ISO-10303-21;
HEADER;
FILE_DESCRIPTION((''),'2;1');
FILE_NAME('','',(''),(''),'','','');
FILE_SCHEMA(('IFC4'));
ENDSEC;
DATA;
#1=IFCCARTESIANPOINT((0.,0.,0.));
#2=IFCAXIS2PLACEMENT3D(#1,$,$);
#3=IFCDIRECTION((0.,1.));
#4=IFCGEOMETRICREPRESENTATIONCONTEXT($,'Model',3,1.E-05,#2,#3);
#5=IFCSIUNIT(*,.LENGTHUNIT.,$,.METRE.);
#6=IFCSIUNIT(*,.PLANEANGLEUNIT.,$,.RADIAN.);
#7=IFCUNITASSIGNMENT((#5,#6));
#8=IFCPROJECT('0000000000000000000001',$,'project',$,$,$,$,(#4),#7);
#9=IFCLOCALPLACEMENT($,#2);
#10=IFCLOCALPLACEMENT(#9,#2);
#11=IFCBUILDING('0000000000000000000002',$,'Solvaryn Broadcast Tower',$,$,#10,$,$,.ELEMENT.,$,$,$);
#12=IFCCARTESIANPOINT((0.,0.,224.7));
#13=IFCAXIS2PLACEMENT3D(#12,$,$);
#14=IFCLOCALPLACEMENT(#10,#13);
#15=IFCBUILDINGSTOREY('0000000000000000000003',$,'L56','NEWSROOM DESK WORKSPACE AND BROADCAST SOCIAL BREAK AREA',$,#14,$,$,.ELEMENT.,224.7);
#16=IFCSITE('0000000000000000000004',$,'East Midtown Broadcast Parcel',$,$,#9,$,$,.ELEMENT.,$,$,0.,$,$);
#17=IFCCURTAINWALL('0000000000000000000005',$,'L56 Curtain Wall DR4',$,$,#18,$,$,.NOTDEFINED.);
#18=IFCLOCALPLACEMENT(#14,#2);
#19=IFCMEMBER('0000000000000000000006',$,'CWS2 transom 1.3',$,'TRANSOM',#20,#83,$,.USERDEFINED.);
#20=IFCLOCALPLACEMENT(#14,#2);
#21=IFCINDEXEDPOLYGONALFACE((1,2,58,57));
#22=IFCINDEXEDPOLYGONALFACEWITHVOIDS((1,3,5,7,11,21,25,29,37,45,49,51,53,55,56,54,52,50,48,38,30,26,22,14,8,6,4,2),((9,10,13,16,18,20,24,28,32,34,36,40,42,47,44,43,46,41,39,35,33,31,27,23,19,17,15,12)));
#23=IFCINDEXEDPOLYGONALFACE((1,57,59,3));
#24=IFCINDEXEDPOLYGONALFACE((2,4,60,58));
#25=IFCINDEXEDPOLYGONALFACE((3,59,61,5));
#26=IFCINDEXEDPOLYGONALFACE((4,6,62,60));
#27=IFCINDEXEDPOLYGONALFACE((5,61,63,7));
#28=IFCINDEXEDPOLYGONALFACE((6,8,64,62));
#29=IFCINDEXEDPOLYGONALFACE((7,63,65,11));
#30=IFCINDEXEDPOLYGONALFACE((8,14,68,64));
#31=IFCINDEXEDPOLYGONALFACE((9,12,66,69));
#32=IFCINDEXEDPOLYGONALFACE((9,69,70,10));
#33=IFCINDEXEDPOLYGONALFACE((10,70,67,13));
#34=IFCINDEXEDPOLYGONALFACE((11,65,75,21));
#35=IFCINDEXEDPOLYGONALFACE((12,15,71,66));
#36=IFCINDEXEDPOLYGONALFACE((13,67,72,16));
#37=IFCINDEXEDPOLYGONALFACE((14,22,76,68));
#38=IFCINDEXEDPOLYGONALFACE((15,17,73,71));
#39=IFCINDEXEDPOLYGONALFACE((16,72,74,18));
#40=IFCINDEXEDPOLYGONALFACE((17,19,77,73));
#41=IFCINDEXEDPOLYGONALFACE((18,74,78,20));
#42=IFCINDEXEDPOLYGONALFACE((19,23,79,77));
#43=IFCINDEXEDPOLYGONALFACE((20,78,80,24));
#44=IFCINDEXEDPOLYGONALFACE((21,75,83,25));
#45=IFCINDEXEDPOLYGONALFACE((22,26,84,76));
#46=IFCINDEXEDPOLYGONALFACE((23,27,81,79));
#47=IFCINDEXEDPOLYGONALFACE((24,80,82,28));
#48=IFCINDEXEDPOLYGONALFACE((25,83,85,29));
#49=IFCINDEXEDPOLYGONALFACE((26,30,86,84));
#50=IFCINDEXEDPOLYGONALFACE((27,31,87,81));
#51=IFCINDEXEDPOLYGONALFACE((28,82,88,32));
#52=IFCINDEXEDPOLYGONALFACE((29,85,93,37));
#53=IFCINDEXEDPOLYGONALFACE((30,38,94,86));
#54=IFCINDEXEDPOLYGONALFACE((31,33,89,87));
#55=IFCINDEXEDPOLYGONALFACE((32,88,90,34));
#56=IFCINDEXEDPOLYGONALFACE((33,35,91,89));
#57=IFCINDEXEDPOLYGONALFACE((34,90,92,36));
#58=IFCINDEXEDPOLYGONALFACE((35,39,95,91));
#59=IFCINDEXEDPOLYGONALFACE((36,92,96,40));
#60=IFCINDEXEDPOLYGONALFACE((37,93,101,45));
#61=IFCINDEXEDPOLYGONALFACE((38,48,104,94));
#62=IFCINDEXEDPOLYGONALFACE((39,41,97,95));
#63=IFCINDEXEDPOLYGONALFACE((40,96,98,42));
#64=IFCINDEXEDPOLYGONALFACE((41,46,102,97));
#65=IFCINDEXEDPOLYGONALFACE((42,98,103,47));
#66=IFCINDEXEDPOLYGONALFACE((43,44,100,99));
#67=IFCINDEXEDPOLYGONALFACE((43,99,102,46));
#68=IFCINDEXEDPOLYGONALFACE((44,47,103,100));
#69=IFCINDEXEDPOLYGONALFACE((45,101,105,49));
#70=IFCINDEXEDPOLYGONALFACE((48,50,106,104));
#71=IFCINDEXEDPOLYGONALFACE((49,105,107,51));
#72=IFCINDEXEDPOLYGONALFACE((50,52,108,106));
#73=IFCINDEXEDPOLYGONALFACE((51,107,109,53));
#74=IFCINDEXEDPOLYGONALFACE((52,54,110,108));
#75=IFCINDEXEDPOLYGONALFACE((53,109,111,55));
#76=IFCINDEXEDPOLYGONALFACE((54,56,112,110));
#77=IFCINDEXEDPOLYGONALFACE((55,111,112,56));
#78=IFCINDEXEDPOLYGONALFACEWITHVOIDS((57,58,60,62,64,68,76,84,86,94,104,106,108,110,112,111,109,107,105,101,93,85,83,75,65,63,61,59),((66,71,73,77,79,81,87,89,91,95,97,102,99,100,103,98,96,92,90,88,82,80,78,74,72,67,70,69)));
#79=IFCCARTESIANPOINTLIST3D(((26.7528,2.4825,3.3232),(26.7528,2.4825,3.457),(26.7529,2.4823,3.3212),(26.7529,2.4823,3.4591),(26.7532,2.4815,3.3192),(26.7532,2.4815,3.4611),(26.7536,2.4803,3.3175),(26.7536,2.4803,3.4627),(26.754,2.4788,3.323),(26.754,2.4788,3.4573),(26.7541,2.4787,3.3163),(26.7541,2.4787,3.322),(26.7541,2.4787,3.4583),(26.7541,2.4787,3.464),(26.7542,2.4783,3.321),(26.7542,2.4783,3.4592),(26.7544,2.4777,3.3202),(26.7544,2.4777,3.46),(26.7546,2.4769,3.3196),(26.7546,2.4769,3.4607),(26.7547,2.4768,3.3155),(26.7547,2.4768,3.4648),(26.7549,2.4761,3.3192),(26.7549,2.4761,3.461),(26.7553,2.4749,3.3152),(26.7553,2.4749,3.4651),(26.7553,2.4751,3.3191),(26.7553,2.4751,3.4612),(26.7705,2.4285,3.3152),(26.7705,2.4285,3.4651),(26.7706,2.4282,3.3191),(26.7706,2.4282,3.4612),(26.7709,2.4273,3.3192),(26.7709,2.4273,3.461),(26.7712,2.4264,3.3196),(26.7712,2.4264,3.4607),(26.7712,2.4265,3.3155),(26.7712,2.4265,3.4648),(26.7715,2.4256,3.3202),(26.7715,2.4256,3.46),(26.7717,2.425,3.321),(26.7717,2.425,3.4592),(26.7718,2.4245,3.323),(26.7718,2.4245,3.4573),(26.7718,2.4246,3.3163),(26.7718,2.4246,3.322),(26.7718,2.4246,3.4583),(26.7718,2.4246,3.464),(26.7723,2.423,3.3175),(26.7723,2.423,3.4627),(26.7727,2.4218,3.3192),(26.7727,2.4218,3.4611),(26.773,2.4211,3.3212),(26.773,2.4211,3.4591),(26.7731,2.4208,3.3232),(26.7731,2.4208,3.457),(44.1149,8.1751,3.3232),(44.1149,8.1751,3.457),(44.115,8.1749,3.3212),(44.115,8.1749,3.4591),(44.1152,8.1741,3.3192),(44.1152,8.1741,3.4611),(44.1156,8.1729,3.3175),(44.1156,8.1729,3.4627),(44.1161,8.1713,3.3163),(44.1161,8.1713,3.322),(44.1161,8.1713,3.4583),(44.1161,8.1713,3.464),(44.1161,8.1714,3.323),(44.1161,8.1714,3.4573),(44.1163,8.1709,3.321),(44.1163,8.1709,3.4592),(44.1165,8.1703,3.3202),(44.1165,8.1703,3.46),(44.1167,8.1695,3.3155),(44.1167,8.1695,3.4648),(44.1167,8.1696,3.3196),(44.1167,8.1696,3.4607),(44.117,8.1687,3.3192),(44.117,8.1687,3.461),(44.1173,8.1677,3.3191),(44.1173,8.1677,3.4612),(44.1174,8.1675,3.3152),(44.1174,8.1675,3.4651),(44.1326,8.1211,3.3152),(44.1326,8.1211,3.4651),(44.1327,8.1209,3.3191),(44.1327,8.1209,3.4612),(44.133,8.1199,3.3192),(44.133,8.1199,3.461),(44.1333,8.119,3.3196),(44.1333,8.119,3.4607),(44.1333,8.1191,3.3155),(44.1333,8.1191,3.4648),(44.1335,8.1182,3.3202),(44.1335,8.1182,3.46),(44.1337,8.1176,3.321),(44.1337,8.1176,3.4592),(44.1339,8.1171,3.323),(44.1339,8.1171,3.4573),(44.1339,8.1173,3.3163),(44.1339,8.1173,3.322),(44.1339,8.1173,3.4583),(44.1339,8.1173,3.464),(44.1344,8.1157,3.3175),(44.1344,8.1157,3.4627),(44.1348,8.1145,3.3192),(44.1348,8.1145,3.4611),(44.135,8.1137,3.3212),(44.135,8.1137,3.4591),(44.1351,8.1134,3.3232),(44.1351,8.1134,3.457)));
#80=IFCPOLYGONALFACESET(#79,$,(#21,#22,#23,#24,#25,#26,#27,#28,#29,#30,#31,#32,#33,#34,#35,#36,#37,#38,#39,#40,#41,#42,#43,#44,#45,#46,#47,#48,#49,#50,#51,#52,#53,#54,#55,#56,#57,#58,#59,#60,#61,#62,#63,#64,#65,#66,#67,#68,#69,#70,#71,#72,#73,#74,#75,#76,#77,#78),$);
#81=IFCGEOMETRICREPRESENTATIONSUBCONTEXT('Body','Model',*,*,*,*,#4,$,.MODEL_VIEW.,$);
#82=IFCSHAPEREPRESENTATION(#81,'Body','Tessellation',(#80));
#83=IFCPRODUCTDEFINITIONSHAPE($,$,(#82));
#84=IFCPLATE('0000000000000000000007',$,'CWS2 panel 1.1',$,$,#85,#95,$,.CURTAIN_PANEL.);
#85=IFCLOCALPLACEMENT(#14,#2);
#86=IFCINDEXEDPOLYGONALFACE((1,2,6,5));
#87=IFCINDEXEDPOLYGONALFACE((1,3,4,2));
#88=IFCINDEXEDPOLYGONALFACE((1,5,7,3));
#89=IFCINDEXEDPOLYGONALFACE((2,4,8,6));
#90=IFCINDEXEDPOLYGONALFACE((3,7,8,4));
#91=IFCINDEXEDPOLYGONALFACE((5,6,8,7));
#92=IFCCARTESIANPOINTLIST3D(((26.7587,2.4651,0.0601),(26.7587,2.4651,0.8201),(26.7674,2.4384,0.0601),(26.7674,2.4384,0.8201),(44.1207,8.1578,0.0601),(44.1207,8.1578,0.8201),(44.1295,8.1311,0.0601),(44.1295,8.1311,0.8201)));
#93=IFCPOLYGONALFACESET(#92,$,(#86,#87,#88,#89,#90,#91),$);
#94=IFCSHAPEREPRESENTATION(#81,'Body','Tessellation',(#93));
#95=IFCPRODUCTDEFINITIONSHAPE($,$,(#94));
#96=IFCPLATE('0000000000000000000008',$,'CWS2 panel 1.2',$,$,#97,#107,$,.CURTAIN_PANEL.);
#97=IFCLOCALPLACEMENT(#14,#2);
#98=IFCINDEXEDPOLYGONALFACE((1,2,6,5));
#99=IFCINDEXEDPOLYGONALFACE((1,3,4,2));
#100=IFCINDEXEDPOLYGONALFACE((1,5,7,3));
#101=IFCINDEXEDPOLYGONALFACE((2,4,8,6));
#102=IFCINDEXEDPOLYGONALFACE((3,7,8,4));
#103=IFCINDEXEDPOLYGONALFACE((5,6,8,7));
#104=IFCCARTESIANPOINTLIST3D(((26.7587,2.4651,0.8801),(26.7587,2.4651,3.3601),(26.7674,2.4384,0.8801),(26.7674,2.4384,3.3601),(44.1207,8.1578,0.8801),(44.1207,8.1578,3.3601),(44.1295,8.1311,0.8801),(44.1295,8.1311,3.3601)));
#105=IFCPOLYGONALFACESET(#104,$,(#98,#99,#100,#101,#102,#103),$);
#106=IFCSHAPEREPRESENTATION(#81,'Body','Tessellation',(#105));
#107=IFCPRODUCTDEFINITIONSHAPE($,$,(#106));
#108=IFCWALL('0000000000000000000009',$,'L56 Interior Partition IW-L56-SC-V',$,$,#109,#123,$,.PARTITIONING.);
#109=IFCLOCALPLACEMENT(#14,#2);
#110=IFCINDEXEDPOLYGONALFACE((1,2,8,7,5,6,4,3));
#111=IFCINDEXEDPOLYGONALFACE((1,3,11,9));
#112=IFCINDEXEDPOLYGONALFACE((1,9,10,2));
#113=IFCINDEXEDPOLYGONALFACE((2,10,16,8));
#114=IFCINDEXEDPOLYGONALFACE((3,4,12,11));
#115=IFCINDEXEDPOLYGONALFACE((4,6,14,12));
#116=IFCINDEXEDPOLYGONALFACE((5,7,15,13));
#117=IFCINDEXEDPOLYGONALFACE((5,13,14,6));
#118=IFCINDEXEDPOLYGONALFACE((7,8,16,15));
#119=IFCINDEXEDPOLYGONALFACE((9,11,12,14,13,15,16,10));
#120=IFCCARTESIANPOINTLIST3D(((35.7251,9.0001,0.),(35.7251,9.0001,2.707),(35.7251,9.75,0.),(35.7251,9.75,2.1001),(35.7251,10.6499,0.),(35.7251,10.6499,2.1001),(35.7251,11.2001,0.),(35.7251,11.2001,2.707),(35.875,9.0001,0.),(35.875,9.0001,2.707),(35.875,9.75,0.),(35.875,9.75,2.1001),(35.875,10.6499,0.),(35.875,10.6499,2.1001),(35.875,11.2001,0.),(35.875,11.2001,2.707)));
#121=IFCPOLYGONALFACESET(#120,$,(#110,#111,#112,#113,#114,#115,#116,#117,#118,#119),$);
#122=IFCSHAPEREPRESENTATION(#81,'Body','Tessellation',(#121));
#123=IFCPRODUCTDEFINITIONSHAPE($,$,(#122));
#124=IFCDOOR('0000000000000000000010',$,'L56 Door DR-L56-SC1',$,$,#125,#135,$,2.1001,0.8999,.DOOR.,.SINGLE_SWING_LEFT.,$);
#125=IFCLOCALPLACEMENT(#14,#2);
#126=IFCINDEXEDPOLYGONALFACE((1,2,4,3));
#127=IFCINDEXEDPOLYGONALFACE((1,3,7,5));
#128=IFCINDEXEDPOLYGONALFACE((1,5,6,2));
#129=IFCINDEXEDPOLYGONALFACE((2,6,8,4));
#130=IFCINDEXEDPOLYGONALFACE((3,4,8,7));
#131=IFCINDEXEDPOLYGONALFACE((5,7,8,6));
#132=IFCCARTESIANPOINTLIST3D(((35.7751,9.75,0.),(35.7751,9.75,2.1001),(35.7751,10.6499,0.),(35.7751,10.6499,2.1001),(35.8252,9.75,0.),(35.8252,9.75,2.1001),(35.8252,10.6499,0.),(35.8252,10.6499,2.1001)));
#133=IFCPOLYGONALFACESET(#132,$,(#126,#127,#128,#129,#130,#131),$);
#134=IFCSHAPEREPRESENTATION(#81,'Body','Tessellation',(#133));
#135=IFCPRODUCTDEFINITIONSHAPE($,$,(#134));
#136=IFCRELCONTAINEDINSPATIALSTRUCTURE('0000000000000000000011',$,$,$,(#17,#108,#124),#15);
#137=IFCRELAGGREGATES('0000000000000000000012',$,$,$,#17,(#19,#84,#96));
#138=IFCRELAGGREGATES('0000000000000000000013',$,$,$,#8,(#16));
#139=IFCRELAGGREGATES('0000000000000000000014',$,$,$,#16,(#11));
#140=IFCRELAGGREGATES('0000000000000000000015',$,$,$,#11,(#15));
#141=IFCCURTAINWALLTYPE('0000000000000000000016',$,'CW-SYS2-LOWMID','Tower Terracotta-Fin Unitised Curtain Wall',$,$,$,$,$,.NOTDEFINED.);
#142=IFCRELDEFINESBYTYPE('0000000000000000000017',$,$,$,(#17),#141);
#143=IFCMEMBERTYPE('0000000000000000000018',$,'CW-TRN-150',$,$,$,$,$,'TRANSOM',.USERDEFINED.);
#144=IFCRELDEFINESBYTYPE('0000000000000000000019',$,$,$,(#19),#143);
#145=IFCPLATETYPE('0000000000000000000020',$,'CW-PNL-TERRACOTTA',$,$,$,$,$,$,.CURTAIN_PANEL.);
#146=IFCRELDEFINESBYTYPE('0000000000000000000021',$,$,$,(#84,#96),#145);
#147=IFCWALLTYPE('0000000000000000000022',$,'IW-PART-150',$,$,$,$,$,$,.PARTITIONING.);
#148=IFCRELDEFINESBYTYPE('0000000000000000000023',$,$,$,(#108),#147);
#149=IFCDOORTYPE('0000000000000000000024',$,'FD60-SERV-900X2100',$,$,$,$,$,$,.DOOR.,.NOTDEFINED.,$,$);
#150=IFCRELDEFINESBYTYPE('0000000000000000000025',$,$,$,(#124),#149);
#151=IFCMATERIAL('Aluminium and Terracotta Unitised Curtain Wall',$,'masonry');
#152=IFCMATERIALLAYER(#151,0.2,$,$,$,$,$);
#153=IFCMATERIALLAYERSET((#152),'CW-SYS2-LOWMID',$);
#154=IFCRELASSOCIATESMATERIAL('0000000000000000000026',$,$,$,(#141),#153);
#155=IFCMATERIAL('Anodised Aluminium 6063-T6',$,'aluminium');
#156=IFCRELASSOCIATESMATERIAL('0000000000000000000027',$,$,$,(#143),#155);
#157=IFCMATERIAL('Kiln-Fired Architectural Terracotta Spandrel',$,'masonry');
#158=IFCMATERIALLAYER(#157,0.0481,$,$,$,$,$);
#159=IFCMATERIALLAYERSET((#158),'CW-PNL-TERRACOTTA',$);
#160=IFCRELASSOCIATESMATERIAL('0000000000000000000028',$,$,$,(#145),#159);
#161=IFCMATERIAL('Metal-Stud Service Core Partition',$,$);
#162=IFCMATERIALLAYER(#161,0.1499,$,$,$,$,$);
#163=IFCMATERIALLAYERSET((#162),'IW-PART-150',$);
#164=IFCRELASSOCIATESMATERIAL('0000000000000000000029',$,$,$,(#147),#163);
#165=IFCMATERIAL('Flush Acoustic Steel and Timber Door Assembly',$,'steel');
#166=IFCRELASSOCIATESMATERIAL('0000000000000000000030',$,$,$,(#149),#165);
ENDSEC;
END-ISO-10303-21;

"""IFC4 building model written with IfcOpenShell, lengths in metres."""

from ifc_helpers import new_model, si_unit, direction, frame, frame_2d, origin, origin_2d, place, context, subcontext, project, spatial, rectangle, hollow_rectangle, extrude, material, layer, layer_set, material_profile, profile_set, type_object, element, fill, aggregate, save


model = new_model("IFC4")

# Units and contexts
model_context = context("Model", 3, precision=1e-05, world=origin(), true_north=direction((0.0, 1.0)))
body_context = subcontext(model_context, "Body", "Model", "MODEL_VIEW")
ifc_project = project(units=[si_unit("LENGTHUNIT", "METRE"), si_unit("PLANEANGLEUNIT", "RADIAN")], contexts=[model_context])

# Site, building, storey
site_placement = place(None, origin())
site = spatial("IfcSite", under=ifc_project, at=site_placement, Name="East Midtown Broadcast Parcel", CompositionType="ELEMENT", RefElevation=0.0)
building_placement = place(site_placement, origin())
building = spatial("IfcBuilding", under=site, at=building_placement, Name="Solvaryn Broadcast Tower", CompositionType="ELEMENT")
storey_placement = place(building_placement, frame((0.0, 0.0, 224.7)))
storey = spatial("IfcBuildingStorey", under=building, at=storey_placement, Name="L56", Description="NEWSROOM DESK WORKSPACE AND BROADCAST SOCIAL BREAK AREA", CompositionType="ELEMENT", Elevation=224.7)

# Shared definitions
ifc_material_1 = material(Name="Aluminium and Terracotta Unitised Curtain Wall", Category="masonry")
ifc_layer_1 = layer(ifc_material_1, 0.2)
ifc_layer_set_1 = layer_set([ifc_layer_1], Name="CW-SYS2-LOWMID")
curtain_wall_type = type_object("IfcCurtainWallType", Name="CW-SYS2-LOWMID", Description="Tower Terracotta-Fin Unitised Curtain Wall", PredefinedType="NOTDEFINED", material=ifc_layer_set_1)

# Curtain wall, member, plates
curtain_wall_1_placement = place(storey_placement, origin())
curtain_wall_1 = element("IfcCurtainWall", 1, at=curtain_wall_1_placement, inside=storey, type_object=curtain_wall_type, Name="L56 Curtain Wall DR4", PredefinedType="NOTDEFINED")
ifc_material_2 = material(Name="Anodised Aluminium 6063-T6", Category="aluminium")
ifc_material_profile_1 = material_profile(ifc_material_2, hollow_rectangle(XDim=0.0649, YDim=0.1499, WallThickness=0.0039, InnerFilletRadius=0.0039, OuterFilletRadius=0.0081, at=origin_2d()))
ifc_profile_set_1 = profile_set([ifc_material_profile_1], Name="Anodised Aluminium 6063-T6")
member_type_1 = type_object("IfcMemberType", Name="CW-TRN-150", ElementType="TRANSOM", PredefinedType="USERDEFINED", material=ifc_profile_set_1)
member_1_placement = place(storey_placement, frame((26.7629, 2.4517, 3.3901), z_axis=(0.950227, 0.311558, 0.0), x_axis=(-0.311558, 0.950227, 0.0)))
member_1 = element("IfcMember", 2, at=member_1_placement, type_object=member_type_1, Name="CWS2 transom 1.3", ObjectType="TRANSOM", PredefinedType="USERDEFINED", context=body_context, shape_type="SweptSolid", body=[
    extrude(hollow_rectangle(XDim=0.0649, YDim=0.1499, WallThickness=0.0039, InnerFilletRadius=0.0039, OuterFilletRadius=0.0081, at=origin_2d()), origin(), (0.0, 0.0, 1.0), 18.2715),
])
ifc_material_3 = material(Name="Kiln-Fired Architectural Terracotta Spandrel", Category="masonry")
ifc_layer_2 = layer(ifc_material_3, 0.0481)
ifc_layer_set_2 = layer_set([ifc_layer_2], Name="CW-PNL-TERRACOTTA")
plate_type = type_object("IfcPlateType", Name="CW-PNL-TERRACOTTA", PredefinedType="CURTAIN_PANEL", material=ifc_layer_set_2)
plate_1_placement = place(storey_placement, frame((35.4441, 5.2981, 0.0601), z_axis=(0.0, 0.0, 1.0), x_axis=(0.950227, 0.311559, 0.0)))
plate_1 = element("IfcPlate", 3, at=plate_1_placement, type_object=plate_type, Name="CWS2 panel 1.1", PredefinedType="CURTAIN_PANEL", context=body_context, shape_type="SweptSolid", body=[
    extrude(rectangle(XDim=18.2715, YDim=0.0281, at=origin_2d()), origin(), (0.0, 0.0, 1.0), 0.76),
])
plate_2_placement = place(storey_placement, frame((35.4441, 5.2981, 0.8801), z_axis=(0.0, 0.0, 1.0), x_axis=(0.950227, 0.311559, 0.0)))
plate_2 = element("IfcPlate", 4, at=plate_2_placement, type_object=plate_type, Name="CWS2 panel 1.2", PredefinedType="CURTAIN_PANEL", context=body_context, shape_type="SweptSolid", body=[
    extrude(rectangle(XDim=18.2715, YDim=0.0281, at=origin_2d()), origin(), (0.0, 0.0, 1.0), 2.48),
])
aggregate(curtain_wall_1, [member_1, plate_1, plate_2])

# Wall, opening, door
ifc_material_4 = material(Name="Metal-Stud Service Core Partition")
ifc_layer_3 = layer(ifc_material_4, 0.1499)
ifc_layer_set_3 = layer_set([ifc_layer_3], Name="IW-PART-150")
wall_type_1 = type_object("IfcWallType", Name="IW-PART-150", PredefinedType="PARTITIONING", material=ifc_layer_set_3)
wall_1_placement = place(storey_placement, frame((35.8, 9.0, 0.0), z_axis=(0.0, 0.0, 1.0), x_axis=(0.0, 1.0, 0.0)))
wall_1 = element("IfcWall", 5, at=wall_1_placement, inside=storey, type_object=wall_type_1, Name="L56 Interior Partition IW-L56-SC-V", PredefinedType="PARTITIONING", context=body_context, shape_type="SweptSolid", body=[
    extrude(rectangle(XDim=2.2, YDim=0.1499, at=frame_2d((1.1001, 0.0))), origin(), (0.0, 0.0, 1.0), 2.707),
])
opening_1_placement = place(wall_1_placement, frame((0.75, 0.0, 0.0)))
opening_1 = element("IfcOpeningElement", 6, at=opening_1_placement, cuts=wall_1, PredefinedType="OPENING", context=body_context, shape_type="SweptSolid", body=[
    extrude(rectangle(XDim=0.8999, YDim=2.1001, at=frame_2d((0.45, 1.05))), frame((0.0, 0.085, 0.0), z_axis=(0.0, -1.0, 0.0), x_axis=(1.0, 0.0, 0.0)), (0.0, 0.0, 1.0), 0.1699),
])
ifc_material_5 = material(Name="Flush Acoustic Steel and Timber Door Assembly", Category="steel")
door_type_1 = type_object("IfcDoorType", Name="FD60-SERV-900X2100", OperationType="NOTDEFINED", PredefinedType="DOOR", material=ifc_material_5)
door_1_placement = place(opening_1_placement, origin())
door_1 = element("IfcDoor", 7, at=door_1_placement, inside=storey, type_object=door_type_1, Name="L56 Door DR-L56-SC1", OperationType="SINGLE_SWING_LEFT", OverallHeight=2.1001, OverallWidth=0.8999, PredefinedType="DOOR", context=body_context, shape_type="SweptSolid", body=[
    extrude(rectangle(XDim=0.8999, YDim=2.1001, at=frame_2d((0.45, 1.05))), frame((0.0, 0.0249, 0.0), z_axis=(0.0, -1.0, 0.0), x_axis=(1.0, 0.0, 0.0)), (0.0, 0.0, 1.0), 0.05),
])
fill(opening_1, door_1)

save(model, "model.ifc")
